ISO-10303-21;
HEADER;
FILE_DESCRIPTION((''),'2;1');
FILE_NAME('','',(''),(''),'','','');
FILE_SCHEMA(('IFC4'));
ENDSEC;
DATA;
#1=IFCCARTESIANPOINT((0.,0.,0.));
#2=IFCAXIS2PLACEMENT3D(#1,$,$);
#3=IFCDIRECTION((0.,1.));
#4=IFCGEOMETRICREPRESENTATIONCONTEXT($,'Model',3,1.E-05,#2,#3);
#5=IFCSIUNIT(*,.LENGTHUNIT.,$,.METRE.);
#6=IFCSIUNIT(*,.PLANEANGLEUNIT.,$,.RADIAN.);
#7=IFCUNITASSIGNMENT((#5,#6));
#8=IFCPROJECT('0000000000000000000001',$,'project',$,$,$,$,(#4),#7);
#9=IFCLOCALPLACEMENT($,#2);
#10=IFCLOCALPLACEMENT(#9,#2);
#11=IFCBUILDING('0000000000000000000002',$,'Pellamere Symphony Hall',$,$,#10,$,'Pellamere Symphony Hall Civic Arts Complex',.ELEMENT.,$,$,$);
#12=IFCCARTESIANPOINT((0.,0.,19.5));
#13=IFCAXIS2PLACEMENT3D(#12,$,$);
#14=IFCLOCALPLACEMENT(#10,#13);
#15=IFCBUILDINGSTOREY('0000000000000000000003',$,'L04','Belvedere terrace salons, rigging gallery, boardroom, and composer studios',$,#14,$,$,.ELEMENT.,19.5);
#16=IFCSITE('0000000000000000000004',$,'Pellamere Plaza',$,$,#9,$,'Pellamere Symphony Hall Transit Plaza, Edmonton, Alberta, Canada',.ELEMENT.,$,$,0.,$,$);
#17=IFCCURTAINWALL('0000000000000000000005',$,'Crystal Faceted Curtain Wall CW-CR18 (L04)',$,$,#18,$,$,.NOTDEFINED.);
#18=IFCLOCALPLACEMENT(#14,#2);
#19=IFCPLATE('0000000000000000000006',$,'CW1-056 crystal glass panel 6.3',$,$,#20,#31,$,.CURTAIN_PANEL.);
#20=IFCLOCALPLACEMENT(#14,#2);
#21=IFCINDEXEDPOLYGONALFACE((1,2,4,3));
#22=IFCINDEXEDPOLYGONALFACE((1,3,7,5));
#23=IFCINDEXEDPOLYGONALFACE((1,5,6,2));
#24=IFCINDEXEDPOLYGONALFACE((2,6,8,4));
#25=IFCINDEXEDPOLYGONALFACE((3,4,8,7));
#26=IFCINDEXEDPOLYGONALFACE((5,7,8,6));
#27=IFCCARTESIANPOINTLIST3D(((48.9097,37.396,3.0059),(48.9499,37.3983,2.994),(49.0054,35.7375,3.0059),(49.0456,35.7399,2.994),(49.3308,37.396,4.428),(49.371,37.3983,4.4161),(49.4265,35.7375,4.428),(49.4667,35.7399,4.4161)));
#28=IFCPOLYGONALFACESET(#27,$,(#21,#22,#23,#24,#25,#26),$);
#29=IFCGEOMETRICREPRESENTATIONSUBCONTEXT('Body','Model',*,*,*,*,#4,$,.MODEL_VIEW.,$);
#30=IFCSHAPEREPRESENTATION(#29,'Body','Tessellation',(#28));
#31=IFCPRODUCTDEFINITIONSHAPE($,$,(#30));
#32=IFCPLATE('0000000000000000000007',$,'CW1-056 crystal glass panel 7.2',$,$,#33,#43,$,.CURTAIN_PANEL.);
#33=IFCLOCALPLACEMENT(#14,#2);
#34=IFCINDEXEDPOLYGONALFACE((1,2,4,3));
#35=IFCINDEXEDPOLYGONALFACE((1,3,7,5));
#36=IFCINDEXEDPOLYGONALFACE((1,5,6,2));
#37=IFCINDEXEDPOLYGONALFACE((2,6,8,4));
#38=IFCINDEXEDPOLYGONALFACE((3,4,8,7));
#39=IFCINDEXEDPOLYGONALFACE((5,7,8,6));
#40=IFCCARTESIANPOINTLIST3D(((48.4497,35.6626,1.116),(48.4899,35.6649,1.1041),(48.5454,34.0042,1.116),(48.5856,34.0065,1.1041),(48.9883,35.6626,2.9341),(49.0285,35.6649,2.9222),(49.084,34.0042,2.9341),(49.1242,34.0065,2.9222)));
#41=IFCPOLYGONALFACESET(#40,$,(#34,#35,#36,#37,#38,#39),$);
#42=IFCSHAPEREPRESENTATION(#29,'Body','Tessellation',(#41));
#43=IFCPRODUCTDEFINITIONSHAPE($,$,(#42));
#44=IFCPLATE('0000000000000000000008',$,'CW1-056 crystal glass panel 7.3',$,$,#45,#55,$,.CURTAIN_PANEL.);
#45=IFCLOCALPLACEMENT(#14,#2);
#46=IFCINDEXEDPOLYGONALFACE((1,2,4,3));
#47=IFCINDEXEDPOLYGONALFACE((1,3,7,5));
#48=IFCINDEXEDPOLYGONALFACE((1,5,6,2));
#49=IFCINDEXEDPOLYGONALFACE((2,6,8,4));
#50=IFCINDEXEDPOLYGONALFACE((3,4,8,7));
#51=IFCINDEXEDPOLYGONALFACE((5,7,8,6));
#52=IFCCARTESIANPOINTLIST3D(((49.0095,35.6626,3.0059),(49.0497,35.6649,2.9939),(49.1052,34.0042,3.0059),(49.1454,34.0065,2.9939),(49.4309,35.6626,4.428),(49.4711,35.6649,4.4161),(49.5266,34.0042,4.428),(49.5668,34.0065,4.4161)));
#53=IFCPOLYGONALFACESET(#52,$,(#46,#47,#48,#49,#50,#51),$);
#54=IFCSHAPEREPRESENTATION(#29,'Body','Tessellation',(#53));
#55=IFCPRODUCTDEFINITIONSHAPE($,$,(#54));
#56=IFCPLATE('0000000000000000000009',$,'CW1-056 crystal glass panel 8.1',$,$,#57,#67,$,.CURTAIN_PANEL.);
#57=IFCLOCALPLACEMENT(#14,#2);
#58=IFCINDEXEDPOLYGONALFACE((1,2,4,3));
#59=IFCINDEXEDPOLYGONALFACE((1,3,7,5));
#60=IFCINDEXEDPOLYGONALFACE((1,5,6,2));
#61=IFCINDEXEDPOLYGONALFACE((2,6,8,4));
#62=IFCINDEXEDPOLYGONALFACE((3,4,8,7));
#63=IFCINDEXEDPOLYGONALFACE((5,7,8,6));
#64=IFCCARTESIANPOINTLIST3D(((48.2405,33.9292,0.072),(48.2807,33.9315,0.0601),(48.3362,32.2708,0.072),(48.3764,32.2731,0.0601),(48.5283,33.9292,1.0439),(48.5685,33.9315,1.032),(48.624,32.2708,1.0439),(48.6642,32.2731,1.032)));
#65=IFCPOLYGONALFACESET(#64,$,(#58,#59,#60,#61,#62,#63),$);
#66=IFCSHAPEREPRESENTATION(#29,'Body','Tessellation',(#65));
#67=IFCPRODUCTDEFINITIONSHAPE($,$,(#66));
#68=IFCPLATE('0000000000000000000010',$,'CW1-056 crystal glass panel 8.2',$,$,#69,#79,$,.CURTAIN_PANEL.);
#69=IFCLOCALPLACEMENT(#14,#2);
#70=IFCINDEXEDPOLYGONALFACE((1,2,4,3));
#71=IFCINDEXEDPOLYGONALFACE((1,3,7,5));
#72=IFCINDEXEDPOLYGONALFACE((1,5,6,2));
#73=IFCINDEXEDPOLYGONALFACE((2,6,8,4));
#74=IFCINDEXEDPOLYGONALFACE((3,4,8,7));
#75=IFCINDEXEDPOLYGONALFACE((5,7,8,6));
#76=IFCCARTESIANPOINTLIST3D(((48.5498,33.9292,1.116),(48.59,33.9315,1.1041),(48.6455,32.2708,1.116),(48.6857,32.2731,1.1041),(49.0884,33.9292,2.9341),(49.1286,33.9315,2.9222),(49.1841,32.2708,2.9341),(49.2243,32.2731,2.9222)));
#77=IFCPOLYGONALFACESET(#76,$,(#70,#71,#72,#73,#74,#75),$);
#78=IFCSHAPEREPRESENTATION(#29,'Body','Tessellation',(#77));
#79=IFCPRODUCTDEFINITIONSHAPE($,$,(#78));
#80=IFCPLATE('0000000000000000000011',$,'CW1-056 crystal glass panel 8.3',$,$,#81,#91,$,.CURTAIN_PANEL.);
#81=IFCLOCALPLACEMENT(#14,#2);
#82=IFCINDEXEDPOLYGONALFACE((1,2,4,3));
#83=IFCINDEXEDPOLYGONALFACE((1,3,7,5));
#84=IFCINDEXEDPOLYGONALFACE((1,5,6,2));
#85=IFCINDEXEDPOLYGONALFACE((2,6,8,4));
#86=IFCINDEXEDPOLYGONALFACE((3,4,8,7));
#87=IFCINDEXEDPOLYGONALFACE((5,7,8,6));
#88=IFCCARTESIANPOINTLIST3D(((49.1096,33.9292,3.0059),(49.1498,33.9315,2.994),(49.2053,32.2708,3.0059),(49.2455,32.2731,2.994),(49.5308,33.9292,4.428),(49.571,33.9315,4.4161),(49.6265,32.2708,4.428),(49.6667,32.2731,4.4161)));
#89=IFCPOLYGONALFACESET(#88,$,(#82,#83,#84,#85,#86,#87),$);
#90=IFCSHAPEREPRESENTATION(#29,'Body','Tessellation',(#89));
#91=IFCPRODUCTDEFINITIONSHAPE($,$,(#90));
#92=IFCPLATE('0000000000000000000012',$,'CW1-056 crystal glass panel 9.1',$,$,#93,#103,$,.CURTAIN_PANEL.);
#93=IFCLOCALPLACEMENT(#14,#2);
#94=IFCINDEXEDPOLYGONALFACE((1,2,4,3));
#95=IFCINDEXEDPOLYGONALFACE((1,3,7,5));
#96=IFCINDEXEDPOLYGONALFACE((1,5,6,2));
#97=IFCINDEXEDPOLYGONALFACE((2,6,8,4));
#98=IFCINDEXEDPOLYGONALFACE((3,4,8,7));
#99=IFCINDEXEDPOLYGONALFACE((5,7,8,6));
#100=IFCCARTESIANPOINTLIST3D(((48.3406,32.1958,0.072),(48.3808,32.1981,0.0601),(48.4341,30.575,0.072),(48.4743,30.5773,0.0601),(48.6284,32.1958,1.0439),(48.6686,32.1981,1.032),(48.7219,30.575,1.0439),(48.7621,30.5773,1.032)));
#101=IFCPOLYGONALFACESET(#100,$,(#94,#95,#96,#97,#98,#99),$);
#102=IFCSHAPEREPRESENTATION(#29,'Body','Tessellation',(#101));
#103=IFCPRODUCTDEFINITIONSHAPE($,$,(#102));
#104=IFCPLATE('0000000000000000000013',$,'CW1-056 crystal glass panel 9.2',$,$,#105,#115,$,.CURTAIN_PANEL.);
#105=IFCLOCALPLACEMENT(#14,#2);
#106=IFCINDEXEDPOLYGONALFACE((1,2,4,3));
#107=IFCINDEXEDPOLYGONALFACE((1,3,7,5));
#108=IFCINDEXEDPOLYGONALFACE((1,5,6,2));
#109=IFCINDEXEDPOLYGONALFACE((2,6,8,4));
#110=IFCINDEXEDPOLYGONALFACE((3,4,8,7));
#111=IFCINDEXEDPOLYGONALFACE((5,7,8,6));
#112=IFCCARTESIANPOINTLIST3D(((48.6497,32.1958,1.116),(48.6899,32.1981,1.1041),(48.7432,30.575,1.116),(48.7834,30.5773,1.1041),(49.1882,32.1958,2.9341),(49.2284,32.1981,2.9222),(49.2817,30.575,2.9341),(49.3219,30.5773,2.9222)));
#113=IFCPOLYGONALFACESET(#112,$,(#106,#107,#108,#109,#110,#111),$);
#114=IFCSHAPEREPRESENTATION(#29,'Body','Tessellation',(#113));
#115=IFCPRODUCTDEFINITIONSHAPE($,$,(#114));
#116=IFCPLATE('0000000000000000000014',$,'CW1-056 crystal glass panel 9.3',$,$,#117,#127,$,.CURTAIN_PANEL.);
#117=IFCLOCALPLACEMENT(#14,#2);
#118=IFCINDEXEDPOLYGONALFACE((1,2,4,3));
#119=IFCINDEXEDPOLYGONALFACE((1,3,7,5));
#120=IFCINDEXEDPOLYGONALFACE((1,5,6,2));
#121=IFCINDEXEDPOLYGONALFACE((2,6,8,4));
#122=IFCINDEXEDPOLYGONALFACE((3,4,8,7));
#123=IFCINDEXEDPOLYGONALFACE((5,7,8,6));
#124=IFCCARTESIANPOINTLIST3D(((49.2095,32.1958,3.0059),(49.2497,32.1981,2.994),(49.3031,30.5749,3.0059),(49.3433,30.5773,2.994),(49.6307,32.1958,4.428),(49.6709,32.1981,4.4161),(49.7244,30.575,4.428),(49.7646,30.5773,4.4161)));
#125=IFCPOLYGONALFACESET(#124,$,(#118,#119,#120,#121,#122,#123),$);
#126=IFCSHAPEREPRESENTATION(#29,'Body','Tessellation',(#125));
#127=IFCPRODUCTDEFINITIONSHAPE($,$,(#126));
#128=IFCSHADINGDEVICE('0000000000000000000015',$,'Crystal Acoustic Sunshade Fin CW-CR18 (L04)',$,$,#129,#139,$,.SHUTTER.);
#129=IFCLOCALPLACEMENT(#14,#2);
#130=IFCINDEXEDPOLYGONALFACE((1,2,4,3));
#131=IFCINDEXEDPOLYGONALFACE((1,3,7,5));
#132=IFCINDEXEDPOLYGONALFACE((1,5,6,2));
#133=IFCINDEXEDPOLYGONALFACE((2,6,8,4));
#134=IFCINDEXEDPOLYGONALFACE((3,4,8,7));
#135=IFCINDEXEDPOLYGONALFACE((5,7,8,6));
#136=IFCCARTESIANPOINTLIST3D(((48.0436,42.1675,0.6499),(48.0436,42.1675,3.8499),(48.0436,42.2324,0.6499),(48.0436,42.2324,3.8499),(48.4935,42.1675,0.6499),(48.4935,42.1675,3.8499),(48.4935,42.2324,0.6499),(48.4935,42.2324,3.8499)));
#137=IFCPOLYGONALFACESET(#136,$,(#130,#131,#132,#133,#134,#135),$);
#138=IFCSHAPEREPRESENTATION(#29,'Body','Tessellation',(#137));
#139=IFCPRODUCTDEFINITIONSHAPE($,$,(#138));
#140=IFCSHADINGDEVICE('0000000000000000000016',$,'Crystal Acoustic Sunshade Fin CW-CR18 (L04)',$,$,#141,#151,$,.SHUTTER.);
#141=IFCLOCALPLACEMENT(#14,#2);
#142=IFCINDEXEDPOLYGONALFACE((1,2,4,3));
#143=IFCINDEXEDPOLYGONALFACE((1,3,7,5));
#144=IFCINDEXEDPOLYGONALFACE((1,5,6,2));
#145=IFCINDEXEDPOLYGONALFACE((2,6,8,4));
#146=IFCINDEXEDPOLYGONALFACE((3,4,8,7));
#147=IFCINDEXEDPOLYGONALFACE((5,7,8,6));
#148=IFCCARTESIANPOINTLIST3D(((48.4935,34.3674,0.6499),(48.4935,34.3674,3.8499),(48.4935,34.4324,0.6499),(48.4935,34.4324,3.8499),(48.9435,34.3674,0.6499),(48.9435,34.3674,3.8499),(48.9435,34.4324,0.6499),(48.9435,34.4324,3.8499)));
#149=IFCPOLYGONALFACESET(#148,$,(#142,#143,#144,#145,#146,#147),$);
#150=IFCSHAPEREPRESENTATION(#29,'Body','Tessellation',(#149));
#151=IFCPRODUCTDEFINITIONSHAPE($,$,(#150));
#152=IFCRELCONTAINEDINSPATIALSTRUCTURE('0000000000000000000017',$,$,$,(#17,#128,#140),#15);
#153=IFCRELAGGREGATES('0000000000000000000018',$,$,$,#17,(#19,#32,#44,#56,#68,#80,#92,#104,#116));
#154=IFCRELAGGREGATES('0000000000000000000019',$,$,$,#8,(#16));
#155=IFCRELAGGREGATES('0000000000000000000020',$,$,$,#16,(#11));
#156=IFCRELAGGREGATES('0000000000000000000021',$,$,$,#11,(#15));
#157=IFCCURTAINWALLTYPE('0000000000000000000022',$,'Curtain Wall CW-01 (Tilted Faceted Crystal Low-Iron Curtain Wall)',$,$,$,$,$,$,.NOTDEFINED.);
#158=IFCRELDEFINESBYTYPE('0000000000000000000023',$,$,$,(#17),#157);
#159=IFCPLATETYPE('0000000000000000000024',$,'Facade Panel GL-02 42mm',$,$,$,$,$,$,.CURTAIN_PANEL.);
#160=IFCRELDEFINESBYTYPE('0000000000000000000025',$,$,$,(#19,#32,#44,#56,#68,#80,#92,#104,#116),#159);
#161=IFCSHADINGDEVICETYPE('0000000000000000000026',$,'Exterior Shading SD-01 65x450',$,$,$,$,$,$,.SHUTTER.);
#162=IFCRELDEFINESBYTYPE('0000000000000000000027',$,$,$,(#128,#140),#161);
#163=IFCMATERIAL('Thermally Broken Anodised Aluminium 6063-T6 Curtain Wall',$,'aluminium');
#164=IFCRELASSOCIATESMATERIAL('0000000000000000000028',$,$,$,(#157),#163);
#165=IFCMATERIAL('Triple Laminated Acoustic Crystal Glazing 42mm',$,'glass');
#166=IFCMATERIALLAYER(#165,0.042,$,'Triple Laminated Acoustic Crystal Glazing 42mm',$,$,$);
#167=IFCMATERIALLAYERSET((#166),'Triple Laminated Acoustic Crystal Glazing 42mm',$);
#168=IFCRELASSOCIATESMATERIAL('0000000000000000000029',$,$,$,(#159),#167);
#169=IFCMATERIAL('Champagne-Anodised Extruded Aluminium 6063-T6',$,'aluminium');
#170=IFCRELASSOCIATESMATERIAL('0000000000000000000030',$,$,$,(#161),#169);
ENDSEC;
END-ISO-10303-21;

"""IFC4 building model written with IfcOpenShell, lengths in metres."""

from ifc_helpers import new_model, si_unit, direction, frame, origin, origin_2d, place, context, subcontext, project, spatial, polyline, rectangle, outline, extrude, material, layer, layer_set, type_object, element, aggregate, save


model = new_model("IFC4")

# Units and contexts
model_context = context("Model", 3, precision=1e-05, world=origin(), true_north=direction((0.0, 1.0)))
body_context = subcontext(model_context, "Body", "Model", "MODEL_VIEW")
ifc_project = project(units=[si_unit("LENGTHUNIT", "METRE"), si_unit("PLANEANGLEUNIT", "RADIAN")], contexts=[model_context])

# Site, building, storey
site_placement = place(None, origin())
site = spatial("IfcSite", under=ifc_project, at=site_placement, Name="Pellamere Plaza", LongName="Pellamere Symphony Hall Transit Plaza, Edmonton, Alberta, Canada", CompositionType="ELEMENT", RefElevation=0.0)
building_placement = place(site_placement, origin())
building = spatial("IfcBuilding", under=site, at=building_placement, Name="Pellamere Symphony Hall", LongName="Pellamere Symphony Hall Civic Arts Complex", CompositionType="ELEMENT")
storey_placement = place(building_placement, frame((0.0, 0.0, 19.5)))
storey = spatial("IfcBuildingStorey", under=building, at=storey_placement, Name="L04", Description="Belvedere terrace salons, rigging gallery, boardroom, and composer studios", CompositionType="ELEMENT", Elevation=19.5)

# Curtain wall, plates
ifc_material_1 = material(Name="Thermally Broken Anodised Aluminium 6063-T6 Curtain Wall", Category="aluminium")
curtain_wall_type = type_object("IfcCurtainWallType", Name="Curtain Wall CW-01 (Tilted Faceted Crystal Low-Iron Curtain Wall)", PredefinedType="NOTDEFINED", material=ifc_material_1)
curtain_wall_placement = place(storey_placement, origin())
curtain_wall = element("IfcCurtainWall", 1, at=curtain_wall_placement, inside=storey, type_object=curtain_wall_type, Name="Crystal Faceted Curtain Wall CW-CR18 (L04)", PredefinedType="NOTDEFINED")
ifc_material_2 = material(Name="Triple Laminated Acoustic Crystal Glazing 42mm", Category="glass")
ifc_layer = layer(ifc_material_2, 0.042, Name="Triple Laminated Acoustic Crystal Glazing 42mm")
ifc_layer_set = layer_set([ifc_layer], Name="Triple Laminated Acoustic Crystal Glazing 42mm")
plate_type = type_object("IfcPlateType", Name="Facade Panel GL-02 42mm", PredefinedType="CURTAIN_PANEL", material=ifc_layer_set)
plate_1_placement = place(storey_placement, frame((48.9097, 37.396, 3.0059), z_axis=(-0.957375, -0.055247, 0.283515), x_axis=(0.057611, -0.998339, 0.0)))
plate_1 = element("IfcPlate", 2, at=plate_1_placement, type_object=plate_type, Name="CW1-056 crystal glass panel 6.3", PredefinedType="CURTAIN_PANEL", context=body_context, shape_type="SweptSolid", body=[
    extrude(outline(polyline([(0.0, 0.0), (1.6612, 0.0), (1.6855, 1.483), (0.0243, 1.483), (0.0, 0.0)])), origin(), (0.0, 0.0, -1.0), 0.042),
])
plate_2_placement = place(storey_placement, frame((48.4497, 35.6626, 1.116), z_axis=(-0.957352, -0.055245, 0.283593), x_axis=(0.057611, -0.998339, 0.0)))
plate_2 = element("IfcPlate", 3, at=plate_2_placement, type_object=plate_type, Name="CW1-056 crystal glass panel 7.2", PredefinedType="CURTAIN_PANEL", context=body_context, shape_type="SweptSolid", body=[
    extrude(outline(polyline([(0.0, 0.0), (1.6612, 0.0), (1.6922, 1.896), (0.031, 1.896), (0.0, 0.0)])), origin(), (0.0, 0.0, -1.0), 0.042),
])
plate_3_placement = place(storey_placement, frame((49.0095, 35.6626, 3.0059), z_axis=(-0.957331, -0.055244, 0.283666), x_axis=(0.057611, -0.998339, 0.0)))
plate_3 = element("IfcPlate", 4, at=plate_3_placement, type_object=plate_type, Name="CW1-056 crystal glass panel 7.3", PredefinedType="CURTAIN_PANEL", context=body_context, shape_type="SweptSolid", body=[
    extrude(outline(polyline([(0.0, 0.0), (1.6612, 0.0), (1.6855, 1.483), (0.0243, 1.483), (0.0, 0.0)])), origin(), (0.0, 0.0, -1.0), 0.042),
])
plate_4_placement = place(storey_placement, frame((48.2405, 33.9292, 0.072), z_axis=(-0.95737, -0.055246, 0.283532), x_axis=(0.057611, -0.998339, 0.0)))
plate_4 = element("IfcPlate", 5, at=plate_4_placement, type_object=plate_type, Name="CW1-056 crystal glass panel 8.1", PredefinedType="CURTAIN_PANEL", context=body_context, shape_type="SweptSolid", body=[
    extrude(outline(polyline([(0.0, 0.0), (1.6612, 0.0), (1.6778, 1.0135), (0.0166, 1.0135), (0.0, 0.0)])), origin(), (0.0, 0.0, -1.0), 0.042),
])
plate_5_placement = place(storey_placement, frame((48.5498, 33.9292, 1.116), z_axis=(-0.957352, -0.055245, 0.283593), x_axis=(0.057611, -0.998339, 0.0)))
plate_5 = element("IfcPlate", 6, at=plate_5_placement, type_object=plate_type, Name="CW1-056 crystal glass panel 8.2", PredefinedType="CURTAIN_PANEL", context=body_context, shape_type="SweptSolid", body=[
    extrude(outline(polyline([(0.0, 0.0), (1.6612, 0.0), (1.6922, 1.896), (0.031, 1.896), (0.0, 0.0)])), origin(), (0.0, 0.0, -1.0), 0.042),
])
plate_6_placement = place(storey_placement, frame((49.1096, 33.9292, 3.0059), z_axis=(-0.957375, -0.055247, 0.283515), x_axis=(0.057611, -0.998339, 0.0)))
plate_6 = element("IfcPlate", 7, at=plate_6_placement, type_object=plate_type, Name="CW1-056 crystal glass panel 8.3", PredefinedType="CURTAIN_PANEL", context=body_context, shape_type="SweptSolid", body=[
    extrude(outline(polyline([(0.0, 0.0), (1.6612, 0.0), (1.6855, 1.483), (0.0243, 1.483), (0.0, 0.0)])), origin(), (0.0, 0.0, -1.0), 0.042),
])
plate_7_placement = place(storey_placement, frame((48.3406, 32.1958, 0.072), z_axis=(-0.957371, -0.05523, 0.283532), x_axis=(0.057594, -0.99834, 0.0)))
plate_7 = element("IfcPlate", 8, at=plate_7_placement, type_object=plate_type, Name="CW1-056 crystal glass panel 9.1", PredefinedType="CURTAIN_PANEL", context=body_context, shape_type="SweptSolid", body=[
    extrude(outline(polyline([(0.0, 0.0), (1.6235, 0.0), (1.6401, 1.0135), (0.0166, 1.0135), (0.0, 0.0)])), origin(), (0.0, 0.0, -1.0), 0.042),
])
plate_8_placement = place(storey_placement, frame((48.6497, 32.1958, 1.116), z_axis=(-0.957353, -0.055229, 0.283593), x_axis=(0.057594, -0.99834, 0.0)))
plate_8 = element("IfcPlate", 9, at=plate_8_placement, type_object=plate_type, Name="CW1-056 crystal glass panel 9.2", PredefinedType="CURTAIN_PANEL", context=body_context, shape_type="SweptSolid", body=[
    extrude(outline(polyline([(0.0, 0.0), (1.6235, 0.0), (1.6546, 1.896), (0.031, 1.896), (0.0, 0.0)])), origin(), (0.0, 0.0, -1.0), 0.042),
])
plate_9_placement = place(storey_placement, frame((49.2095, 32.1958, 3.0059), z_axis=(-0.95735, -0.055301, 0.283589), x_axis=(0.057675, -0.998335, 0.00002)))
plate_9 = element("IfcPlate", 10, at=plate_9_placement, type_object=plate_type, Name="CW1-056 crystal glass panel 9.3", PredefinedType="CURTAIN_PANEL", context=body_context, shape_type="SweptSolid", body=[
    extrude(outline(polyline([(0.0, 0.0), (1.6236, 0.0), (1.6479, 1.483), (0.0243, 1.483), (0.0, 0.0)])), origin(), (0.0, 0.0, -1.0), 0.042),
])
aggregate(curtain_wall, [plate_1, plate_2, plate_3, plate_4, plate_5, plate_6, plate_7, plate_8, plate_9])

# Shading devices
ifc_material_3 = material(Name="Champagne-Anodised Extruded Aluminium 6063-T6", Category="aluminium")
shading_device_type = type_object("IfcShadingDeviceType", Name="Exterior Shading SD-01 65x450", PredefinedType="SHUTTER", material=ifc_material_3)
for number, where, z_axis, x_axis, name in (
    (11, (48.2686, 42.2, 0.6499), (0.0, 0.0, 1.0), (0.0, 1.0, 0.0), "Crystal Acoustic Sunshade Fin CW-CR18 (L04)"),
    (12, (48.7185, 34.3999, 0.6499), (0.0, 0.0, 1.0), (0.0, 1.0, 0.0), "Crystal Acoustic Sunshade Fin CW-CR18 (L04)"),
):
    element("IfcShadingDevice", number, at=place(storey_placement, frame(where, z_axis=z_axis, x_axis=x_axis)), inside=storey, type_object=shading_device_type, Name=name, PredefinedType="SHUTTER", context=body_context, shape_type="SweptSolid", body=[
        extrude(rectangle(XDim=0.0649, YDim=0.45, at=origin_2d()), origin(), (0.0, 0.0, 1.0), 3.2),
    ])

save(model, "model.ifc")
